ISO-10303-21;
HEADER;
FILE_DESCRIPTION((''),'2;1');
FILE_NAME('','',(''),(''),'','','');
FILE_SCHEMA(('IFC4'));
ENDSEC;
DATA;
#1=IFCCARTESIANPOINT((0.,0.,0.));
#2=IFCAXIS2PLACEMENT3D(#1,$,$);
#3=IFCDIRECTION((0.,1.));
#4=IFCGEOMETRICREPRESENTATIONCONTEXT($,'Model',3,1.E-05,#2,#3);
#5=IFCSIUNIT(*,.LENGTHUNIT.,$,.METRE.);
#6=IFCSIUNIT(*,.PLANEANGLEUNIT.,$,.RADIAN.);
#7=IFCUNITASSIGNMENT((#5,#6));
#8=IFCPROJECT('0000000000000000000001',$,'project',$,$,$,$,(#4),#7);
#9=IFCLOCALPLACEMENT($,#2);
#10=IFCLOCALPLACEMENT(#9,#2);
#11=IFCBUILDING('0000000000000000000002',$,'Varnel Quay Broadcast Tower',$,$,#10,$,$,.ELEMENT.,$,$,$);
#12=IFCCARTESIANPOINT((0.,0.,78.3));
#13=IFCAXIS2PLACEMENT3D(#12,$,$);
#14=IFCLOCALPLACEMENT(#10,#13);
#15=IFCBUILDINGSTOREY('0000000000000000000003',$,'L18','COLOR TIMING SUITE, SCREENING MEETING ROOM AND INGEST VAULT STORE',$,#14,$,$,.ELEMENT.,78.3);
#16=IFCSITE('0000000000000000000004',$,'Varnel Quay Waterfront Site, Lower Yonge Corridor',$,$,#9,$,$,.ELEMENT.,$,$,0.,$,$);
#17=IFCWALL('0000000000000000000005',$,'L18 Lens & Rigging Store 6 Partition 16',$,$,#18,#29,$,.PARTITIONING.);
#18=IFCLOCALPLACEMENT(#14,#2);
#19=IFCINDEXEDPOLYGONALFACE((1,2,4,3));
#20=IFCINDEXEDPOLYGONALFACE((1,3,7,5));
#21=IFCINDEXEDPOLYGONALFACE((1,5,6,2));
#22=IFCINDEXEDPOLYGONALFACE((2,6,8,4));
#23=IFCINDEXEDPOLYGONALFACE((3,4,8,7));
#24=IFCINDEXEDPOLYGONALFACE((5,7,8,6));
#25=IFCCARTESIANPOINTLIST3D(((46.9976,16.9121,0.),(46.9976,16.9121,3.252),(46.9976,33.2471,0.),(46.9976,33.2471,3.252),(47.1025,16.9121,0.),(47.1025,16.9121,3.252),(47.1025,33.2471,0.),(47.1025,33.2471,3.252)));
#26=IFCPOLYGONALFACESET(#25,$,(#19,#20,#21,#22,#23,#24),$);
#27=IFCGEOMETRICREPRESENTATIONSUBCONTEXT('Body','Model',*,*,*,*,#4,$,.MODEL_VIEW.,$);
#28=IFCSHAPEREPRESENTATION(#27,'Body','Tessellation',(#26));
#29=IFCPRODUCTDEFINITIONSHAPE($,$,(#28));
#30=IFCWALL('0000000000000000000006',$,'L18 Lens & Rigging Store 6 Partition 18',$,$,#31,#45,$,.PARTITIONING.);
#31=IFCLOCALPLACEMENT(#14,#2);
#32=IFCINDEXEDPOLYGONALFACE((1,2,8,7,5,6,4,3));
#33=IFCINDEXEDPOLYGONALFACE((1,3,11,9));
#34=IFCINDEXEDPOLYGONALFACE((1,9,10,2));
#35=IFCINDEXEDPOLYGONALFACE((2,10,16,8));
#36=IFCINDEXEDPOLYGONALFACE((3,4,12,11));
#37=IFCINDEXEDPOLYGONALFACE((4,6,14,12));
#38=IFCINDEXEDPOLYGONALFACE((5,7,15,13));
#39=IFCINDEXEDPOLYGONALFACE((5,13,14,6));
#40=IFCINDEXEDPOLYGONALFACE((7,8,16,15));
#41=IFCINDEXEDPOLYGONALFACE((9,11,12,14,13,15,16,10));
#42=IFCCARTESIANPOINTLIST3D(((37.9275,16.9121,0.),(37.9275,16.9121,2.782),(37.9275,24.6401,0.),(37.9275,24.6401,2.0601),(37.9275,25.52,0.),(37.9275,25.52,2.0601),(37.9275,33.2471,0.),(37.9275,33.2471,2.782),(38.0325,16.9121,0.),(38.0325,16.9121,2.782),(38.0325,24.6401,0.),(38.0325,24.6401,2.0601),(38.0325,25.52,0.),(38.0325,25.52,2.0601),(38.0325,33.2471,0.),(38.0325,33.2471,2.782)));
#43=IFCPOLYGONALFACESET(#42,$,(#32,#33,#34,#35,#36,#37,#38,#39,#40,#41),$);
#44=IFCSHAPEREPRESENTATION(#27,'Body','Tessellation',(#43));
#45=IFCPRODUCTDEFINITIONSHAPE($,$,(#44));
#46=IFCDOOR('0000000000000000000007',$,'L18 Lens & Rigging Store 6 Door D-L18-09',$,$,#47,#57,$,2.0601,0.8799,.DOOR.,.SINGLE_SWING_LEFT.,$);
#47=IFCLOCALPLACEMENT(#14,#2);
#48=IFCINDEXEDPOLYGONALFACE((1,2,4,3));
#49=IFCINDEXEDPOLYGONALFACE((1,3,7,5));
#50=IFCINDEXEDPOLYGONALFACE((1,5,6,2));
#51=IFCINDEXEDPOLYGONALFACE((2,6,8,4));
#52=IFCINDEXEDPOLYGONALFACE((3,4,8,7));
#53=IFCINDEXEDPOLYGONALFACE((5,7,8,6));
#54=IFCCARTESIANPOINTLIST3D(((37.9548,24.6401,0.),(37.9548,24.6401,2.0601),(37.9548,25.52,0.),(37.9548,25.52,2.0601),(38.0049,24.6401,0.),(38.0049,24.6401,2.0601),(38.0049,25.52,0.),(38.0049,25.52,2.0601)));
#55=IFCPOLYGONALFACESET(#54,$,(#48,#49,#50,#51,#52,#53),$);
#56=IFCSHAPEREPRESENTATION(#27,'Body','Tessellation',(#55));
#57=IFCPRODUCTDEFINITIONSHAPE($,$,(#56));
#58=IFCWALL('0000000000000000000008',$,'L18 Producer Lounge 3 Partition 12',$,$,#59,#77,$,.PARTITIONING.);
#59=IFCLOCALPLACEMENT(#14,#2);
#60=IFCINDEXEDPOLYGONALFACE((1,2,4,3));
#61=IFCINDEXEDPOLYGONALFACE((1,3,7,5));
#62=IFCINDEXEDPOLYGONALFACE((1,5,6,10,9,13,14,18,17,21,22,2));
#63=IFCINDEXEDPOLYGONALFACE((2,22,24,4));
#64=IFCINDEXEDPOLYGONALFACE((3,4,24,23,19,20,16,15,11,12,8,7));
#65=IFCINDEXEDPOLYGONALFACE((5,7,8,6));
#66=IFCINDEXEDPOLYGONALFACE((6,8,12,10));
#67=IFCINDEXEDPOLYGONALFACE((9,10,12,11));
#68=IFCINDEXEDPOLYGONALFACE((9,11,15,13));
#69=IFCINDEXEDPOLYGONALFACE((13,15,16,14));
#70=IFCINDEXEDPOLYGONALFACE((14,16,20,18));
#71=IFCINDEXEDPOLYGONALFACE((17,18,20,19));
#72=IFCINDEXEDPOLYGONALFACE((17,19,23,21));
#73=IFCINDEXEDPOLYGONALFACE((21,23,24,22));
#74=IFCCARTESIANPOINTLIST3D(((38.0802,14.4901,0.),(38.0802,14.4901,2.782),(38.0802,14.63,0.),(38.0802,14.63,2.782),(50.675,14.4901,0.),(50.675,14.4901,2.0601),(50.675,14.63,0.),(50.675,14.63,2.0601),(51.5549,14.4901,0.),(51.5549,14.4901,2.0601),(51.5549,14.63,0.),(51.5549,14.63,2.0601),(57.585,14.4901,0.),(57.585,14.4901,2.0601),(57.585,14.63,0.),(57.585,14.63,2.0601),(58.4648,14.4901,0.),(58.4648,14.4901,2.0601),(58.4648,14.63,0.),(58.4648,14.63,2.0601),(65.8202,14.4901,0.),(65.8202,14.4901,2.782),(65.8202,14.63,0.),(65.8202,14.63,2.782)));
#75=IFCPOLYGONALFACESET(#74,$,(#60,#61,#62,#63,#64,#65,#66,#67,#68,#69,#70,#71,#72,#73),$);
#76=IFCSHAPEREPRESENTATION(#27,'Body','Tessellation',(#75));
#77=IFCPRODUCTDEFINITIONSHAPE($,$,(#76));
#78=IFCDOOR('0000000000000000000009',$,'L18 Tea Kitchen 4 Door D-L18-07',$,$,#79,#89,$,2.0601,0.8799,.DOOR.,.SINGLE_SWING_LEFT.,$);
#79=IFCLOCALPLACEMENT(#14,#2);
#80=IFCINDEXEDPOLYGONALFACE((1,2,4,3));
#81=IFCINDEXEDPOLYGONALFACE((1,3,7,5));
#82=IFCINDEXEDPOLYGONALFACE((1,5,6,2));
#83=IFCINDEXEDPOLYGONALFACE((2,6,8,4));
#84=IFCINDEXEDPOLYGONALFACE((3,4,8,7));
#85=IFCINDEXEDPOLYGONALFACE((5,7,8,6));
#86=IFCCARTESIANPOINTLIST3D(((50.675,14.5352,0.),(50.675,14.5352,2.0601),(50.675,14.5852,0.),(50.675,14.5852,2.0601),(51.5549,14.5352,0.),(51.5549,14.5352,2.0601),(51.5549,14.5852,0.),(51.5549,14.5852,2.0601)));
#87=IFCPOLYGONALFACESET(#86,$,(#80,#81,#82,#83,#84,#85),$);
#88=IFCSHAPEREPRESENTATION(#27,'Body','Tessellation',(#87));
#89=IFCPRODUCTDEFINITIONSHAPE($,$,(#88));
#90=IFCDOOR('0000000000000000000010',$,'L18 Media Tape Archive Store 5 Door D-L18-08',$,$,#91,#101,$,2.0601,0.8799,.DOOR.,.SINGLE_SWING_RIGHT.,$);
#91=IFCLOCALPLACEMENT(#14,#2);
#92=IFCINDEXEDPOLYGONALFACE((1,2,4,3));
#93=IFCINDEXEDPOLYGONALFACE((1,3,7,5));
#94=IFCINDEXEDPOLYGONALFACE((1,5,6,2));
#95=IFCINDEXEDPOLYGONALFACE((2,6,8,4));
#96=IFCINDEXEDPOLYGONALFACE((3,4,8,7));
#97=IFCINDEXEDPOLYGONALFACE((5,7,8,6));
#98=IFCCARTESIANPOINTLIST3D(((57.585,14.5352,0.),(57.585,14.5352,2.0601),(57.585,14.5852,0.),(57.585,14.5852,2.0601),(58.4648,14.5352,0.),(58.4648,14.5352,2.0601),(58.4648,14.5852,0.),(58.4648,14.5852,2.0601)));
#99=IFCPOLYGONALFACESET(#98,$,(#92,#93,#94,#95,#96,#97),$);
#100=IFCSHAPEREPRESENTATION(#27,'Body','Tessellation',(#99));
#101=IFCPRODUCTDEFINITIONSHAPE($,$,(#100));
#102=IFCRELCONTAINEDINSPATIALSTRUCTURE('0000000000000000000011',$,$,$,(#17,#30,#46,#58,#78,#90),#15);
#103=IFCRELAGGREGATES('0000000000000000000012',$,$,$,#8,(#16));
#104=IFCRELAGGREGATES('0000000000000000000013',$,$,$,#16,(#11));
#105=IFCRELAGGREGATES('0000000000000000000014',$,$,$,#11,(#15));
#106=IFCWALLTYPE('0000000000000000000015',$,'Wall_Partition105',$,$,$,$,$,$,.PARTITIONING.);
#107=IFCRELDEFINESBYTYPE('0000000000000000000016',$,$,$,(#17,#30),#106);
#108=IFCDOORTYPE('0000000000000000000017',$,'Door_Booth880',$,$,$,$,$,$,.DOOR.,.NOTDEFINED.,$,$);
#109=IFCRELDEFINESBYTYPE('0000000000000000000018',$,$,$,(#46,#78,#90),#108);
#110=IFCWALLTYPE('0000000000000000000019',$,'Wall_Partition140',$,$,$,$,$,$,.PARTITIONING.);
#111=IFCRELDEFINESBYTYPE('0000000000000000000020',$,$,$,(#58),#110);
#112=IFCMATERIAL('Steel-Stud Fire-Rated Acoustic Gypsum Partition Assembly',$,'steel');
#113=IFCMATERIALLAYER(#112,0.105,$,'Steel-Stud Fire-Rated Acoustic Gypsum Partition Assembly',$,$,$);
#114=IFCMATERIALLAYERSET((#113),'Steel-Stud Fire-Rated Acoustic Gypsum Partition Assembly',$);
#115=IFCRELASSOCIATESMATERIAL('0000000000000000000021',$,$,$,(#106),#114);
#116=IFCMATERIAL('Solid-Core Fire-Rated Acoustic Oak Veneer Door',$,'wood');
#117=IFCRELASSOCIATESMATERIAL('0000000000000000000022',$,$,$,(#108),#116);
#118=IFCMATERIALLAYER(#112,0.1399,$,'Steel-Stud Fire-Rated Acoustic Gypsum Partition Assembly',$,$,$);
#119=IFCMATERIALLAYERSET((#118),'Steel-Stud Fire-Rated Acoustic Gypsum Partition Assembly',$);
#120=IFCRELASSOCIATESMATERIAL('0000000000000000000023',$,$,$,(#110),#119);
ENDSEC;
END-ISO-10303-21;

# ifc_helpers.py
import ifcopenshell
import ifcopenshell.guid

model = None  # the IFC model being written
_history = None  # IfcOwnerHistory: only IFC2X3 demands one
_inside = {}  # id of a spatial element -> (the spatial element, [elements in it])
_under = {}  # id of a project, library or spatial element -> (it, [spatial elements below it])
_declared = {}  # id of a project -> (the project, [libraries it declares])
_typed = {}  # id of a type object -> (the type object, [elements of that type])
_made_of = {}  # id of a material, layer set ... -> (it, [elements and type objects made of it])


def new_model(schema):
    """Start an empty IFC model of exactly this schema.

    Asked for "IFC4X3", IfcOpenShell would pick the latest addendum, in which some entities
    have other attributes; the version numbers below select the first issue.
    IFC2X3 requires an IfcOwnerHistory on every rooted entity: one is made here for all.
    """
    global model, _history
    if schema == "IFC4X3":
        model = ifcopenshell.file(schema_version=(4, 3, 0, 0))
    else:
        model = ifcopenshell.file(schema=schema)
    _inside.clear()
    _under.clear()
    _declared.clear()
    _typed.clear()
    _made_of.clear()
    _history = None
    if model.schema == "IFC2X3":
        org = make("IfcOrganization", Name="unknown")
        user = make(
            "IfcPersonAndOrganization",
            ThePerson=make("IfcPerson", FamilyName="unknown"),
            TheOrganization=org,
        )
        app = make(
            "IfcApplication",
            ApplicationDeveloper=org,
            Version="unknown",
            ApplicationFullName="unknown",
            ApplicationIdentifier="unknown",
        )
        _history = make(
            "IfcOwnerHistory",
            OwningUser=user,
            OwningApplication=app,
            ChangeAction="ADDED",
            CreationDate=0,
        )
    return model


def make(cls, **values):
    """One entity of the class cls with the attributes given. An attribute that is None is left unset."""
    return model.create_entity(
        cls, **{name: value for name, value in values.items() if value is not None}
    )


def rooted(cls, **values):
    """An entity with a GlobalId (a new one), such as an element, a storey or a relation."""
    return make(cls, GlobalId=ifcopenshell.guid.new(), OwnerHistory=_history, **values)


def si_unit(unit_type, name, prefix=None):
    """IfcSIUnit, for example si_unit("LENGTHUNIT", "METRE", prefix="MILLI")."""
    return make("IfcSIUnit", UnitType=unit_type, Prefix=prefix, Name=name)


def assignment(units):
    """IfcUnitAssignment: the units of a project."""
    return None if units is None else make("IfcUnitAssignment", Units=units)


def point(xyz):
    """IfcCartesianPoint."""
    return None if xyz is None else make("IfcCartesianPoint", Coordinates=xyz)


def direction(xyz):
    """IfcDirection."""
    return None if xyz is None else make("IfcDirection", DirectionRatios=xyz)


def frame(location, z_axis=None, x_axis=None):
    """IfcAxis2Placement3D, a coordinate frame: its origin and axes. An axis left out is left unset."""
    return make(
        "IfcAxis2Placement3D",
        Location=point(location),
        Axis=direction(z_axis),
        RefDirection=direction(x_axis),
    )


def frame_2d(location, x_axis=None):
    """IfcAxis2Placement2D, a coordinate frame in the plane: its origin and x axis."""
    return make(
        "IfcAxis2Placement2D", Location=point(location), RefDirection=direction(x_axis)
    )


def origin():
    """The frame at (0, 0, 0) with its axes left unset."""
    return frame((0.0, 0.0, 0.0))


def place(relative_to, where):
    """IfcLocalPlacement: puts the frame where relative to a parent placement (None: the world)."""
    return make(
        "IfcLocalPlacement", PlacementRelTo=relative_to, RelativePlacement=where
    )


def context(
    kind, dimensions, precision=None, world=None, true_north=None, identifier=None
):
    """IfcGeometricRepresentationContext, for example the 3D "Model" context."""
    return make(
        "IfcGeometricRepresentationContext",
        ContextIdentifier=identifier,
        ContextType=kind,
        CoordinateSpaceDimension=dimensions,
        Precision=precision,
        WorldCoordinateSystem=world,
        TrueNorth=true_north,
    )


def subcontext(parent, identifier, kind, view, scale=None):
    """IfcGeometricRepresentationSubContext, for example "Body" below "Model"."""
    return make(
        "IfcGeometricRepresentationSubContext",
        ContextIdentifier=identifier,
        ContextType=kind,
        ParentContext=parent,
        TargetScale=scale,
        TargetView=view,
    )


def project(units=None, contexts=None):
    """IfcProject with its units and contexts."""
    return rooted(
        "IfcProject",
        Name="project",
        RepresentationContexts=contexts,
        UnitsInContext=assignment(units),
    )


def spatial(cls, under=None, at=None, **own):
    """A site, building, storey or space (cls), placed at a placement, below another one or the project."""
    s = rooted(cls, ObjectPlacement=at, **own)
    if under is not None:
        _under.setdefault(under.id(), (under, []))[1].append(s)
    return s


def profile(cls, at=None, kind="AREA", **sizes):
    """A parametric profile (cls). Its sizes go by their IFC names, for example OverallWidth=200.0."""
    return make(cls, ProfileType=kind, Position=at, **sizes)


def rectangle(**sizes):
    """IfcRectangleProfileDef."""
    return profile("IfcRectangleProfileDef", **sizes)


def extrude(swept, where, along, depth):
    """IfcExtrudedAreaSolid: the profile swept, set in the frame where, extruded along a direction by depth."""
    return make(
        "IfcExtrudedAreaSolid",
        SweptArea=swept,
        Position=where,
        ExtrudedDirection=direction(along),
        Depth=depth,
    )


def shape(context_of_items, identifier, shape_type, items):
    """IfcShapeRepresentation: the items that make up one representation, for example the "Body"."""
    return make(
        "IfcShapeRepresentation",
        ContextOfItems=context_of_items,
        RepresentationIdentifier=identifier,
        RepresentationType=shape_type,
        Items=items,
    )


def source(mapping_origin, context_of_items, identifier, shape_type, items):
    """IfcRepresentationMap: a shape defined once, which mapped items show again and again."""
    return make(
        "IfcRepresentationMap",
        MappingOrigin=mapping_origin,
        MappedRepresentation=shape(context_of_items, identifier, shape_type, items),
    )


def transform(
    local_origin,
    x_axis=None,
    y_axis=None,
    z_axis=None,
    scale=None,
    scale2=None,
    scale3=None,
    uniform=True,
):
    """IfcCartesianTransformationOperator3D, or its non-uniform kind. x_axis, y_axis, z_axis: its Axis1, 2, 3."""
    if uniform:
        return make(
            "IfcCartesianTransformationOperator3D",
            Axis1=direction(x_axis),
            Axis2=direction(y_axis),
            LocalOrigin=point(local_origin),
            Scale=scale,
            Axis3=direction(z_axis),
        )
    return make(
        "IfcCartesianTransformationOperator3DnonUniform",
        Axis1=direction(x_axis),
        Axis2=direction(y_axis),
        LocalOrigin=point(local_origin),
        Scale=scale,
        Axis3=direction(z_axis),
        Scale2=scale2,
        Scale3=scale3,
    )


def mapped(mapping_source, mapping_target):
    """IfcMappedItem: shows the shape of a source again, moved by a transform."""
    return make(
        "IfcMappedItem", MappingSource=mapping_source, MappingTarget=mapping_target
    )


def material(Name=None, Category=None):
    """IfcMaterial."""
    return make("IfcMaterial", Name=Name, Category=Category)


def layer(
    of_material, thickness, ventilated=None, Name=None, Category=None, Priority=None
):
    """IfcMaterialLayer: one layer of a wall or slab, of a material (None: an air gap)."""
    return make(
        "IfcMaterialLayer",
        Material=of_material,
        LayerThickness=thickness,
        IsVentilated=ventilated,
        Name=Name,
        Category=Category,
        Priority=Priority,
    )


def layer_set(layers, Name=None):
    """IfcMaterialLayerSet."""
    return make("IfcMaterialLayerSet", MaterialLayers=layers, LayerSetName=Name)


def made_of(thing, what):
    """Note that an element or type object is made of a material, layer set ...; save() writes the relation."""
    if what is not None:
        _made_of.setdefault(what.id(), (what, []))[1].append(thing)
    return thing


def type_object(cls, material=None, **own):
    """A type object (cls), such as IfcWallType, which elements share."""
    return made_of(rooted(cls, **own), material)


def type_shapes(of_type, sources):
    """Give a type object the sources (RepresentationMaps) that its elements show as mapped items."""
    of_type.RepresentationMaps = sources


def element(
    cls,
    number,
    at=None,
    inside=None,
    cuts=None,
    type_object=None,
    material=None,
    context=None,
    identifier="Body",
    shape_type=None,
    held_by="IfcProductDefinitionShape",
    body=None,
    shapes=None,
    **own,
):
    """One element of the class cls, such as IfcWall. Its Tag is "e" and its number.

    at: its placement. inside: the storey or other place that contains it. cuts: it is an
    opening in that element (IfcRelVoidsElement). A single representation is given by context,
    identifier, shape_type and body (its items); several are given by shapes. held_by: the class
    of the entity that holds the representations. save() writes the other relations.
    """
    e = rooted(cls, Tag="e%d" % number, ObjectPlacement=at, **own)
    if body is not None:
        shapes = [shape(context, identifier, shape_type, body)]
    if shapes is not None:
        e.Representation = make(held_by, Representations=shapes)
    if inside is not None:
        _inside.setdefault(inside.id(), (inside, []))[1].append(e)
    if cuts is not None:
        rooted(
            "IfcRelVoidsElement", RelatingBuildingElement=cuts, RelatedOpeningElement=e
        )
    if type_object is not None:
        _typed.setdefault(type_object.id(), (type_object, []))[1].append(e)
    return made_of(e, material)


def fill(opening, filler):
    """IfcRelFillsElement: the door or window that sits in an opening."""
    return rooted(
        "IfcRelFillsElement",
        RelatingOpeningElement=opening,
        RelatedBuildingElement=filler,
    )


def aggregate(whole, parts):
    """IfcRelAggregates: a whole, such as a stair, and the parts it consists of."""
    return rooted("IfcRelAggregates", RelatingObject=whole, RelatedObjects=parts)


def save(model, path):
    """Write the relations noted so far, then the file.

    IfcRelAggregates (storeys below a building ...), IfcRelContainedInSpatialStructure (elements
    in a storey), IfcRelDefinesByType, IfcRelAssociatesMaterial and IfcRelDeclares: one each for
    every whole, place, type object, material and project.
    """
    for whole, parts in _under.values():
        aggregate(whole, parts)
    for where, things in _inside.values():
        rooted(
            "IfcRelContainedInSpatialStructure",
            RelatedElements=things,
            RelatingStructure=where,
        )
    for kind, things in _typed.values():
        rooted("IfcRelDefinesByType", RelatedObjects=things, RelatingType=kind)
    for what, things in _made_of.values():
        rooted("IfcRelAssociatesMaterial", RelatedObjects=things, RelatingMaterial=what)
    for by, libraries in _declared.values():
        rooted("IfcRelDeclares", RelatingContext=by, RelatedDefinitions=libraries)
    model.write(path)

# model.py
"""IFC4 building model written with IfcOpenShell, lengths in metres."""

from ifc_helpers import new_model, si_unit, direction, frame, frame_2d, origin, place, context, subcontext, project, spatial, rectangle, extrude, source, transform, mapped, material, layer, layer_set, type_object, type_shapes, element, fill, save


model = new_model("IFC4")

# Units and contexts
model_context = context("Model", 3, precision=1e-05, world=origin(), true_north=direction((0.0, 1.0)))
body_context = subcontext(model_context, "Body", "Model", "MODEL_VIEW")
ifc_project = project(units=[si_unit("LENGTHUNIT", "METRE"), si_unit("PLANEANGLEUNIT", "RADIAN")], contexts=[model_context])

# Site, building, storey
site_placement = place(None, origin())
site = spatial("IfcSite", under=ifc_project, at=site_placement, Name="Varnel Quay Waterfront Site, Lower Yonge Corridor", CompositionType="ELEMENT", RefElevation=0.0)
building_placement = place(site_placement, origin())
building = spatial("IfcBuilding", under=site, at=building_placement, Name="Varnel Quay Broadcast Tower", CompositionType="ELEMENT")
storey_placement = place(building_placement, frame((0.0, 0.0, 78.3)))
storey = spatial("IfcBuildingStorey", under=building, at=storey_placement, Name="L18", Description="COLOR TIMING SUITE, SCREENING MEETING ROOM AND INGEST VAULT STORE", CompositionType="ELEMENT", Elevation=78.3)

# Shared definitions
ifc_material_1 = material(Name="Steel-Stud Fire-Rated Acoustic Gypsum Partition Assembly", Category="steel")
ifc_layer_1 = layer(ifc_material_1, 0.105, Name="Steel-Stud Fire-Rated Acoustic Gypsum Partition Assembly")
ifc_layer_set_1 = layer_set([ifc_layer_1], Name="Steel-Stud Fire-Rated Acoustic Gypsum Partition Assembly")
wall_type_1 = type_object("IfcWallType", Name="Wall_Partition105", PredefinedType="PARTITIONING", material=ifc_layer_set_1)
ifc_material_2 = material(Name="Solid-Core Fire-Rated Acoustic Oak Veneer Door", Category="wood")
door_type = type_object("IfcDoorType", Name="Door_Booth880", OperationType="NOTDEFINED", PredefinedType="DOOR", material=ifc_material_2)
shared_shape_1 = source(origin(), body_context, "Body", "SweptSolid", [
    extrude(rectangle(XDim=0.8799, YDim=2.0601, at=frame_2d((0.4399, 1.03))), frame((0.0, 0.0249, 0.0), z_axis=(0.0, -1.0, 0.0), x_axis=(1.0, 0.0, 0.0)), (0.0, 0.0, 1.0), 0.05),
])
type_shapes(door_type, [shared_shape_1])

# Wall
wall_1_placement = place(storey_placement, frame((47.05, 16.9121, 0.0), z_axis=(0.0, 0.0, 1.0), x_axis=(0.0, 1.0, 0.0)))
element("IfcWall", 1, at=wall_1_placement, inside=storey, type_object=wall_type_1, Name="L18 Lens & Rigging Store 6 Partition 16", PredefinedType="PARTITIONING", context=body_context, shape_type="SweptSolid", body=[
    extrude(rectangle(XDim=16.335, YDim=0.105, at=frame_2d((8.1675, 0.0))), origin(), (0.0, 0.0, 1.0), 3.252),
])

# Wall, opening, door
wall_2_placement = place(storey_placement, frame((37.98, 16.9121, 0.0), z_axis=(0.0, 0.0, 1.0), x_axis=(0.0, 1.0, 0.0)))
wall_2 = element("IfcWall", 2, at=wall_2_placement, inside=storey, type_object=wall_type_1, Name="L18 Lens & Rigging Store 6 Partition 18", PredefinedType="PARTITIONING", context=body_context, shape_type="SweptSolid", body=[
    extrude(rectangle(XDim=16.335, YDim=0.105, at=frame_2d((8.1675, 0.0))), origin(), (0.0, 0.0, 1.0), 2.782),
])
opening_1_placement = place(wall_2_placement, frame((7.728, 0.0, 0.0)))
opening_1 = element("IfcOpeningElement", 3, at=opening_1_placement, cuts=wall_2, PredefinedType="OPENING", context=body_context, shape_type="SweptSolid", body=[
    extrude(rectangle(XDim=0.8799, YDim=2.0601, at=frame_2d((0.4399, 1.03))), frame((0.0, 0.0625, 0.0), z_axis=(0.0, -1.0, 0.0), x_axis=(1.0, 0.0, 0.0)), (0.0, 0.0, 1.0), 0.125),
])
door_1_placement = place(opening_1_placement, frame((0.8799, 0.0, 0.0), z_axis=(0.0, 0.0, 1.0), x_axis=(-1.0, 0.0, 0.0)))
door_1 = element("IfcDoor", 4, at=door_1_placement, inside=storey, type_object=door_type, Name="L18 Lens & Rigging Store 6 Door D-L18-09", OperationType="SINGLE_SWING_LEFT", OverallHeight=2.0601, OverallWidth=0.8799, PredefinedType="DOOR", context=body_context, shape_type="MappedRepresentation", body=[
    mapped(shared_shape_1, transform((0.0, 0.0, 0.0), x_axis=(1.0, 0.0, 0.0), y_axis=(0.0, 1.0, 0.0), z_axis=(0.0, 0.0, 1.0), scale=1.0)),
])
fill(opening_1, door_1)

# Wall, openings, doors
ifc_layer_2 = layer(ifc_material_1, 0.1399, Name="Steel-Stud Fire-Rated Acoustic Gypsum Partition Assembly")
ifc_layer_set_2 = layer_set([ifc_layer_2], Name="Steel-Stud Fire-Rated Acoustic Gypsum Partition Assembly")
wall_type_2 = type_object("IfcWallType", Name="Wall_Partition140", PredefinedType="PARTITIONING", material=ifc_layer_set_2)
wall_3_placement = place(storey_placement, frame((38.0801, 14.5601, 0.0), z_axis=(0.0, 0.0, 1.0), x_axis=(1.0, 0.0, 0.0)))
wall_3 = element("IfcWall", 5, at=wall_3_placement, inside=storey, type_object=wall_type_2, Name="L18 Producer Lounge 3 Partition 12", PredefinedType="PARTITIONING", context=body_context, shape_type="SweptSolid", body=[
    extrude(rectangle(XDim=27.74, YDim=0.1399, at=frame_2d((13.8701, 0.0))), origin(), (0.0, 0.0, 1.0), 2.782),
])
opening_2_placement = place(wall_3_placement, frame((12.595, 0.0, 0.0)))
opening_2 = element("IfcOpeningElement", 6, at=opening_2_placement, cuts=wall_3, PredefinedType="OPENING", context=body_context, shape_type="SweptSolid", body=[
    extrude(rectangle(XDim=0.8799, YDim=2.0601, at=frame_2d((0.4399, 1.03))), frame((0.0, 0.0801, 0.0), z_axis=(0.0, -1.0, 0.0), x_axis=(1.0, 0.0, 0.0)), (0.0, 0.0, 1.0), 0.1599),
])
opening_3_placement = place(wall_3_placement, frame((19.5049, 0.0, 0.0)))
opening_3 = element("IfcOpeningElement", 7, at=opening_3_placement, cuts=wall_3, PredefinedType="OPENING", context=body_context, shape_type="SweptSolid", body=[
    extrude(rectangle(XDim=0.8799, YDim=2.0601, at=frame_2d((0.4399, 1.03))), frame((0.0, 0.0801, 0.0), z_axis=(0.0, -1.0, 0.0), x_axis=(1.0, 0.0, 0.0)), (0.0, 0.0, 1.0), 0.1599),
])
door_2_placement = place(opening_2_placement, frame((0.8799, 0.0, 0.0), z_axis=(0.0, 0.0, 1.0), x_axis=(-1.0, 0.0, 0.0)))
door_2 = element("IfcDoor", 8, at=door_2_placement, inside=storey, type_object=door_type, Name="L18 Tea Kitchen 4 Door D-L18-07", OperationType="SINGLE_SWING_LEFT", OverallHeight=2.0601, OverallWidth=0.8799, PredefinedType="DOOR", context=body_context, shape_type="MappedRepresentation", body=[
    mapped(shared_shape_1, transform((0.0, 0.0, 0.0), x_axis=(1.0, 0.0, 0.0), y_axis=(0.0, 1.0, 0.0), z_axis=(0.0, 0.0, 1.0), scale=1.0)),
])
fill(opening_2, door_2)
door_3_placement = place(opening_3_placement, frame((0.8799, 0.0, 0.0), z_axis=(0.0, 0.0, 1.0), x_axis=(-1.0, 0.0, 0.0)))
door_3 = element("IfcDoor", 9, at=door_3_placement, inside=storey, type_object=door_type, Name="L18 Media Tape Archive Store 5 Door D-L18-08", OperationType="SINGLE_SWING_RIGHT", OverallHeight=2.0601, OverallWidth=0.8799, PredefinedType="DOOR", context=body_context, shape_type="MappedRepresentation", body=[
    mapped(shared_shape_1, transform((0.0, 0.0, 0.0), x_axis=(1.0, 0.0, 0.0), y_axis=(0.0, 1.0, 0.0), z_axis=(0.0, 0.0, 1.0), scale=1.0)),
])
fill(opening_3, door_3)

save(model, "model.ifc")
